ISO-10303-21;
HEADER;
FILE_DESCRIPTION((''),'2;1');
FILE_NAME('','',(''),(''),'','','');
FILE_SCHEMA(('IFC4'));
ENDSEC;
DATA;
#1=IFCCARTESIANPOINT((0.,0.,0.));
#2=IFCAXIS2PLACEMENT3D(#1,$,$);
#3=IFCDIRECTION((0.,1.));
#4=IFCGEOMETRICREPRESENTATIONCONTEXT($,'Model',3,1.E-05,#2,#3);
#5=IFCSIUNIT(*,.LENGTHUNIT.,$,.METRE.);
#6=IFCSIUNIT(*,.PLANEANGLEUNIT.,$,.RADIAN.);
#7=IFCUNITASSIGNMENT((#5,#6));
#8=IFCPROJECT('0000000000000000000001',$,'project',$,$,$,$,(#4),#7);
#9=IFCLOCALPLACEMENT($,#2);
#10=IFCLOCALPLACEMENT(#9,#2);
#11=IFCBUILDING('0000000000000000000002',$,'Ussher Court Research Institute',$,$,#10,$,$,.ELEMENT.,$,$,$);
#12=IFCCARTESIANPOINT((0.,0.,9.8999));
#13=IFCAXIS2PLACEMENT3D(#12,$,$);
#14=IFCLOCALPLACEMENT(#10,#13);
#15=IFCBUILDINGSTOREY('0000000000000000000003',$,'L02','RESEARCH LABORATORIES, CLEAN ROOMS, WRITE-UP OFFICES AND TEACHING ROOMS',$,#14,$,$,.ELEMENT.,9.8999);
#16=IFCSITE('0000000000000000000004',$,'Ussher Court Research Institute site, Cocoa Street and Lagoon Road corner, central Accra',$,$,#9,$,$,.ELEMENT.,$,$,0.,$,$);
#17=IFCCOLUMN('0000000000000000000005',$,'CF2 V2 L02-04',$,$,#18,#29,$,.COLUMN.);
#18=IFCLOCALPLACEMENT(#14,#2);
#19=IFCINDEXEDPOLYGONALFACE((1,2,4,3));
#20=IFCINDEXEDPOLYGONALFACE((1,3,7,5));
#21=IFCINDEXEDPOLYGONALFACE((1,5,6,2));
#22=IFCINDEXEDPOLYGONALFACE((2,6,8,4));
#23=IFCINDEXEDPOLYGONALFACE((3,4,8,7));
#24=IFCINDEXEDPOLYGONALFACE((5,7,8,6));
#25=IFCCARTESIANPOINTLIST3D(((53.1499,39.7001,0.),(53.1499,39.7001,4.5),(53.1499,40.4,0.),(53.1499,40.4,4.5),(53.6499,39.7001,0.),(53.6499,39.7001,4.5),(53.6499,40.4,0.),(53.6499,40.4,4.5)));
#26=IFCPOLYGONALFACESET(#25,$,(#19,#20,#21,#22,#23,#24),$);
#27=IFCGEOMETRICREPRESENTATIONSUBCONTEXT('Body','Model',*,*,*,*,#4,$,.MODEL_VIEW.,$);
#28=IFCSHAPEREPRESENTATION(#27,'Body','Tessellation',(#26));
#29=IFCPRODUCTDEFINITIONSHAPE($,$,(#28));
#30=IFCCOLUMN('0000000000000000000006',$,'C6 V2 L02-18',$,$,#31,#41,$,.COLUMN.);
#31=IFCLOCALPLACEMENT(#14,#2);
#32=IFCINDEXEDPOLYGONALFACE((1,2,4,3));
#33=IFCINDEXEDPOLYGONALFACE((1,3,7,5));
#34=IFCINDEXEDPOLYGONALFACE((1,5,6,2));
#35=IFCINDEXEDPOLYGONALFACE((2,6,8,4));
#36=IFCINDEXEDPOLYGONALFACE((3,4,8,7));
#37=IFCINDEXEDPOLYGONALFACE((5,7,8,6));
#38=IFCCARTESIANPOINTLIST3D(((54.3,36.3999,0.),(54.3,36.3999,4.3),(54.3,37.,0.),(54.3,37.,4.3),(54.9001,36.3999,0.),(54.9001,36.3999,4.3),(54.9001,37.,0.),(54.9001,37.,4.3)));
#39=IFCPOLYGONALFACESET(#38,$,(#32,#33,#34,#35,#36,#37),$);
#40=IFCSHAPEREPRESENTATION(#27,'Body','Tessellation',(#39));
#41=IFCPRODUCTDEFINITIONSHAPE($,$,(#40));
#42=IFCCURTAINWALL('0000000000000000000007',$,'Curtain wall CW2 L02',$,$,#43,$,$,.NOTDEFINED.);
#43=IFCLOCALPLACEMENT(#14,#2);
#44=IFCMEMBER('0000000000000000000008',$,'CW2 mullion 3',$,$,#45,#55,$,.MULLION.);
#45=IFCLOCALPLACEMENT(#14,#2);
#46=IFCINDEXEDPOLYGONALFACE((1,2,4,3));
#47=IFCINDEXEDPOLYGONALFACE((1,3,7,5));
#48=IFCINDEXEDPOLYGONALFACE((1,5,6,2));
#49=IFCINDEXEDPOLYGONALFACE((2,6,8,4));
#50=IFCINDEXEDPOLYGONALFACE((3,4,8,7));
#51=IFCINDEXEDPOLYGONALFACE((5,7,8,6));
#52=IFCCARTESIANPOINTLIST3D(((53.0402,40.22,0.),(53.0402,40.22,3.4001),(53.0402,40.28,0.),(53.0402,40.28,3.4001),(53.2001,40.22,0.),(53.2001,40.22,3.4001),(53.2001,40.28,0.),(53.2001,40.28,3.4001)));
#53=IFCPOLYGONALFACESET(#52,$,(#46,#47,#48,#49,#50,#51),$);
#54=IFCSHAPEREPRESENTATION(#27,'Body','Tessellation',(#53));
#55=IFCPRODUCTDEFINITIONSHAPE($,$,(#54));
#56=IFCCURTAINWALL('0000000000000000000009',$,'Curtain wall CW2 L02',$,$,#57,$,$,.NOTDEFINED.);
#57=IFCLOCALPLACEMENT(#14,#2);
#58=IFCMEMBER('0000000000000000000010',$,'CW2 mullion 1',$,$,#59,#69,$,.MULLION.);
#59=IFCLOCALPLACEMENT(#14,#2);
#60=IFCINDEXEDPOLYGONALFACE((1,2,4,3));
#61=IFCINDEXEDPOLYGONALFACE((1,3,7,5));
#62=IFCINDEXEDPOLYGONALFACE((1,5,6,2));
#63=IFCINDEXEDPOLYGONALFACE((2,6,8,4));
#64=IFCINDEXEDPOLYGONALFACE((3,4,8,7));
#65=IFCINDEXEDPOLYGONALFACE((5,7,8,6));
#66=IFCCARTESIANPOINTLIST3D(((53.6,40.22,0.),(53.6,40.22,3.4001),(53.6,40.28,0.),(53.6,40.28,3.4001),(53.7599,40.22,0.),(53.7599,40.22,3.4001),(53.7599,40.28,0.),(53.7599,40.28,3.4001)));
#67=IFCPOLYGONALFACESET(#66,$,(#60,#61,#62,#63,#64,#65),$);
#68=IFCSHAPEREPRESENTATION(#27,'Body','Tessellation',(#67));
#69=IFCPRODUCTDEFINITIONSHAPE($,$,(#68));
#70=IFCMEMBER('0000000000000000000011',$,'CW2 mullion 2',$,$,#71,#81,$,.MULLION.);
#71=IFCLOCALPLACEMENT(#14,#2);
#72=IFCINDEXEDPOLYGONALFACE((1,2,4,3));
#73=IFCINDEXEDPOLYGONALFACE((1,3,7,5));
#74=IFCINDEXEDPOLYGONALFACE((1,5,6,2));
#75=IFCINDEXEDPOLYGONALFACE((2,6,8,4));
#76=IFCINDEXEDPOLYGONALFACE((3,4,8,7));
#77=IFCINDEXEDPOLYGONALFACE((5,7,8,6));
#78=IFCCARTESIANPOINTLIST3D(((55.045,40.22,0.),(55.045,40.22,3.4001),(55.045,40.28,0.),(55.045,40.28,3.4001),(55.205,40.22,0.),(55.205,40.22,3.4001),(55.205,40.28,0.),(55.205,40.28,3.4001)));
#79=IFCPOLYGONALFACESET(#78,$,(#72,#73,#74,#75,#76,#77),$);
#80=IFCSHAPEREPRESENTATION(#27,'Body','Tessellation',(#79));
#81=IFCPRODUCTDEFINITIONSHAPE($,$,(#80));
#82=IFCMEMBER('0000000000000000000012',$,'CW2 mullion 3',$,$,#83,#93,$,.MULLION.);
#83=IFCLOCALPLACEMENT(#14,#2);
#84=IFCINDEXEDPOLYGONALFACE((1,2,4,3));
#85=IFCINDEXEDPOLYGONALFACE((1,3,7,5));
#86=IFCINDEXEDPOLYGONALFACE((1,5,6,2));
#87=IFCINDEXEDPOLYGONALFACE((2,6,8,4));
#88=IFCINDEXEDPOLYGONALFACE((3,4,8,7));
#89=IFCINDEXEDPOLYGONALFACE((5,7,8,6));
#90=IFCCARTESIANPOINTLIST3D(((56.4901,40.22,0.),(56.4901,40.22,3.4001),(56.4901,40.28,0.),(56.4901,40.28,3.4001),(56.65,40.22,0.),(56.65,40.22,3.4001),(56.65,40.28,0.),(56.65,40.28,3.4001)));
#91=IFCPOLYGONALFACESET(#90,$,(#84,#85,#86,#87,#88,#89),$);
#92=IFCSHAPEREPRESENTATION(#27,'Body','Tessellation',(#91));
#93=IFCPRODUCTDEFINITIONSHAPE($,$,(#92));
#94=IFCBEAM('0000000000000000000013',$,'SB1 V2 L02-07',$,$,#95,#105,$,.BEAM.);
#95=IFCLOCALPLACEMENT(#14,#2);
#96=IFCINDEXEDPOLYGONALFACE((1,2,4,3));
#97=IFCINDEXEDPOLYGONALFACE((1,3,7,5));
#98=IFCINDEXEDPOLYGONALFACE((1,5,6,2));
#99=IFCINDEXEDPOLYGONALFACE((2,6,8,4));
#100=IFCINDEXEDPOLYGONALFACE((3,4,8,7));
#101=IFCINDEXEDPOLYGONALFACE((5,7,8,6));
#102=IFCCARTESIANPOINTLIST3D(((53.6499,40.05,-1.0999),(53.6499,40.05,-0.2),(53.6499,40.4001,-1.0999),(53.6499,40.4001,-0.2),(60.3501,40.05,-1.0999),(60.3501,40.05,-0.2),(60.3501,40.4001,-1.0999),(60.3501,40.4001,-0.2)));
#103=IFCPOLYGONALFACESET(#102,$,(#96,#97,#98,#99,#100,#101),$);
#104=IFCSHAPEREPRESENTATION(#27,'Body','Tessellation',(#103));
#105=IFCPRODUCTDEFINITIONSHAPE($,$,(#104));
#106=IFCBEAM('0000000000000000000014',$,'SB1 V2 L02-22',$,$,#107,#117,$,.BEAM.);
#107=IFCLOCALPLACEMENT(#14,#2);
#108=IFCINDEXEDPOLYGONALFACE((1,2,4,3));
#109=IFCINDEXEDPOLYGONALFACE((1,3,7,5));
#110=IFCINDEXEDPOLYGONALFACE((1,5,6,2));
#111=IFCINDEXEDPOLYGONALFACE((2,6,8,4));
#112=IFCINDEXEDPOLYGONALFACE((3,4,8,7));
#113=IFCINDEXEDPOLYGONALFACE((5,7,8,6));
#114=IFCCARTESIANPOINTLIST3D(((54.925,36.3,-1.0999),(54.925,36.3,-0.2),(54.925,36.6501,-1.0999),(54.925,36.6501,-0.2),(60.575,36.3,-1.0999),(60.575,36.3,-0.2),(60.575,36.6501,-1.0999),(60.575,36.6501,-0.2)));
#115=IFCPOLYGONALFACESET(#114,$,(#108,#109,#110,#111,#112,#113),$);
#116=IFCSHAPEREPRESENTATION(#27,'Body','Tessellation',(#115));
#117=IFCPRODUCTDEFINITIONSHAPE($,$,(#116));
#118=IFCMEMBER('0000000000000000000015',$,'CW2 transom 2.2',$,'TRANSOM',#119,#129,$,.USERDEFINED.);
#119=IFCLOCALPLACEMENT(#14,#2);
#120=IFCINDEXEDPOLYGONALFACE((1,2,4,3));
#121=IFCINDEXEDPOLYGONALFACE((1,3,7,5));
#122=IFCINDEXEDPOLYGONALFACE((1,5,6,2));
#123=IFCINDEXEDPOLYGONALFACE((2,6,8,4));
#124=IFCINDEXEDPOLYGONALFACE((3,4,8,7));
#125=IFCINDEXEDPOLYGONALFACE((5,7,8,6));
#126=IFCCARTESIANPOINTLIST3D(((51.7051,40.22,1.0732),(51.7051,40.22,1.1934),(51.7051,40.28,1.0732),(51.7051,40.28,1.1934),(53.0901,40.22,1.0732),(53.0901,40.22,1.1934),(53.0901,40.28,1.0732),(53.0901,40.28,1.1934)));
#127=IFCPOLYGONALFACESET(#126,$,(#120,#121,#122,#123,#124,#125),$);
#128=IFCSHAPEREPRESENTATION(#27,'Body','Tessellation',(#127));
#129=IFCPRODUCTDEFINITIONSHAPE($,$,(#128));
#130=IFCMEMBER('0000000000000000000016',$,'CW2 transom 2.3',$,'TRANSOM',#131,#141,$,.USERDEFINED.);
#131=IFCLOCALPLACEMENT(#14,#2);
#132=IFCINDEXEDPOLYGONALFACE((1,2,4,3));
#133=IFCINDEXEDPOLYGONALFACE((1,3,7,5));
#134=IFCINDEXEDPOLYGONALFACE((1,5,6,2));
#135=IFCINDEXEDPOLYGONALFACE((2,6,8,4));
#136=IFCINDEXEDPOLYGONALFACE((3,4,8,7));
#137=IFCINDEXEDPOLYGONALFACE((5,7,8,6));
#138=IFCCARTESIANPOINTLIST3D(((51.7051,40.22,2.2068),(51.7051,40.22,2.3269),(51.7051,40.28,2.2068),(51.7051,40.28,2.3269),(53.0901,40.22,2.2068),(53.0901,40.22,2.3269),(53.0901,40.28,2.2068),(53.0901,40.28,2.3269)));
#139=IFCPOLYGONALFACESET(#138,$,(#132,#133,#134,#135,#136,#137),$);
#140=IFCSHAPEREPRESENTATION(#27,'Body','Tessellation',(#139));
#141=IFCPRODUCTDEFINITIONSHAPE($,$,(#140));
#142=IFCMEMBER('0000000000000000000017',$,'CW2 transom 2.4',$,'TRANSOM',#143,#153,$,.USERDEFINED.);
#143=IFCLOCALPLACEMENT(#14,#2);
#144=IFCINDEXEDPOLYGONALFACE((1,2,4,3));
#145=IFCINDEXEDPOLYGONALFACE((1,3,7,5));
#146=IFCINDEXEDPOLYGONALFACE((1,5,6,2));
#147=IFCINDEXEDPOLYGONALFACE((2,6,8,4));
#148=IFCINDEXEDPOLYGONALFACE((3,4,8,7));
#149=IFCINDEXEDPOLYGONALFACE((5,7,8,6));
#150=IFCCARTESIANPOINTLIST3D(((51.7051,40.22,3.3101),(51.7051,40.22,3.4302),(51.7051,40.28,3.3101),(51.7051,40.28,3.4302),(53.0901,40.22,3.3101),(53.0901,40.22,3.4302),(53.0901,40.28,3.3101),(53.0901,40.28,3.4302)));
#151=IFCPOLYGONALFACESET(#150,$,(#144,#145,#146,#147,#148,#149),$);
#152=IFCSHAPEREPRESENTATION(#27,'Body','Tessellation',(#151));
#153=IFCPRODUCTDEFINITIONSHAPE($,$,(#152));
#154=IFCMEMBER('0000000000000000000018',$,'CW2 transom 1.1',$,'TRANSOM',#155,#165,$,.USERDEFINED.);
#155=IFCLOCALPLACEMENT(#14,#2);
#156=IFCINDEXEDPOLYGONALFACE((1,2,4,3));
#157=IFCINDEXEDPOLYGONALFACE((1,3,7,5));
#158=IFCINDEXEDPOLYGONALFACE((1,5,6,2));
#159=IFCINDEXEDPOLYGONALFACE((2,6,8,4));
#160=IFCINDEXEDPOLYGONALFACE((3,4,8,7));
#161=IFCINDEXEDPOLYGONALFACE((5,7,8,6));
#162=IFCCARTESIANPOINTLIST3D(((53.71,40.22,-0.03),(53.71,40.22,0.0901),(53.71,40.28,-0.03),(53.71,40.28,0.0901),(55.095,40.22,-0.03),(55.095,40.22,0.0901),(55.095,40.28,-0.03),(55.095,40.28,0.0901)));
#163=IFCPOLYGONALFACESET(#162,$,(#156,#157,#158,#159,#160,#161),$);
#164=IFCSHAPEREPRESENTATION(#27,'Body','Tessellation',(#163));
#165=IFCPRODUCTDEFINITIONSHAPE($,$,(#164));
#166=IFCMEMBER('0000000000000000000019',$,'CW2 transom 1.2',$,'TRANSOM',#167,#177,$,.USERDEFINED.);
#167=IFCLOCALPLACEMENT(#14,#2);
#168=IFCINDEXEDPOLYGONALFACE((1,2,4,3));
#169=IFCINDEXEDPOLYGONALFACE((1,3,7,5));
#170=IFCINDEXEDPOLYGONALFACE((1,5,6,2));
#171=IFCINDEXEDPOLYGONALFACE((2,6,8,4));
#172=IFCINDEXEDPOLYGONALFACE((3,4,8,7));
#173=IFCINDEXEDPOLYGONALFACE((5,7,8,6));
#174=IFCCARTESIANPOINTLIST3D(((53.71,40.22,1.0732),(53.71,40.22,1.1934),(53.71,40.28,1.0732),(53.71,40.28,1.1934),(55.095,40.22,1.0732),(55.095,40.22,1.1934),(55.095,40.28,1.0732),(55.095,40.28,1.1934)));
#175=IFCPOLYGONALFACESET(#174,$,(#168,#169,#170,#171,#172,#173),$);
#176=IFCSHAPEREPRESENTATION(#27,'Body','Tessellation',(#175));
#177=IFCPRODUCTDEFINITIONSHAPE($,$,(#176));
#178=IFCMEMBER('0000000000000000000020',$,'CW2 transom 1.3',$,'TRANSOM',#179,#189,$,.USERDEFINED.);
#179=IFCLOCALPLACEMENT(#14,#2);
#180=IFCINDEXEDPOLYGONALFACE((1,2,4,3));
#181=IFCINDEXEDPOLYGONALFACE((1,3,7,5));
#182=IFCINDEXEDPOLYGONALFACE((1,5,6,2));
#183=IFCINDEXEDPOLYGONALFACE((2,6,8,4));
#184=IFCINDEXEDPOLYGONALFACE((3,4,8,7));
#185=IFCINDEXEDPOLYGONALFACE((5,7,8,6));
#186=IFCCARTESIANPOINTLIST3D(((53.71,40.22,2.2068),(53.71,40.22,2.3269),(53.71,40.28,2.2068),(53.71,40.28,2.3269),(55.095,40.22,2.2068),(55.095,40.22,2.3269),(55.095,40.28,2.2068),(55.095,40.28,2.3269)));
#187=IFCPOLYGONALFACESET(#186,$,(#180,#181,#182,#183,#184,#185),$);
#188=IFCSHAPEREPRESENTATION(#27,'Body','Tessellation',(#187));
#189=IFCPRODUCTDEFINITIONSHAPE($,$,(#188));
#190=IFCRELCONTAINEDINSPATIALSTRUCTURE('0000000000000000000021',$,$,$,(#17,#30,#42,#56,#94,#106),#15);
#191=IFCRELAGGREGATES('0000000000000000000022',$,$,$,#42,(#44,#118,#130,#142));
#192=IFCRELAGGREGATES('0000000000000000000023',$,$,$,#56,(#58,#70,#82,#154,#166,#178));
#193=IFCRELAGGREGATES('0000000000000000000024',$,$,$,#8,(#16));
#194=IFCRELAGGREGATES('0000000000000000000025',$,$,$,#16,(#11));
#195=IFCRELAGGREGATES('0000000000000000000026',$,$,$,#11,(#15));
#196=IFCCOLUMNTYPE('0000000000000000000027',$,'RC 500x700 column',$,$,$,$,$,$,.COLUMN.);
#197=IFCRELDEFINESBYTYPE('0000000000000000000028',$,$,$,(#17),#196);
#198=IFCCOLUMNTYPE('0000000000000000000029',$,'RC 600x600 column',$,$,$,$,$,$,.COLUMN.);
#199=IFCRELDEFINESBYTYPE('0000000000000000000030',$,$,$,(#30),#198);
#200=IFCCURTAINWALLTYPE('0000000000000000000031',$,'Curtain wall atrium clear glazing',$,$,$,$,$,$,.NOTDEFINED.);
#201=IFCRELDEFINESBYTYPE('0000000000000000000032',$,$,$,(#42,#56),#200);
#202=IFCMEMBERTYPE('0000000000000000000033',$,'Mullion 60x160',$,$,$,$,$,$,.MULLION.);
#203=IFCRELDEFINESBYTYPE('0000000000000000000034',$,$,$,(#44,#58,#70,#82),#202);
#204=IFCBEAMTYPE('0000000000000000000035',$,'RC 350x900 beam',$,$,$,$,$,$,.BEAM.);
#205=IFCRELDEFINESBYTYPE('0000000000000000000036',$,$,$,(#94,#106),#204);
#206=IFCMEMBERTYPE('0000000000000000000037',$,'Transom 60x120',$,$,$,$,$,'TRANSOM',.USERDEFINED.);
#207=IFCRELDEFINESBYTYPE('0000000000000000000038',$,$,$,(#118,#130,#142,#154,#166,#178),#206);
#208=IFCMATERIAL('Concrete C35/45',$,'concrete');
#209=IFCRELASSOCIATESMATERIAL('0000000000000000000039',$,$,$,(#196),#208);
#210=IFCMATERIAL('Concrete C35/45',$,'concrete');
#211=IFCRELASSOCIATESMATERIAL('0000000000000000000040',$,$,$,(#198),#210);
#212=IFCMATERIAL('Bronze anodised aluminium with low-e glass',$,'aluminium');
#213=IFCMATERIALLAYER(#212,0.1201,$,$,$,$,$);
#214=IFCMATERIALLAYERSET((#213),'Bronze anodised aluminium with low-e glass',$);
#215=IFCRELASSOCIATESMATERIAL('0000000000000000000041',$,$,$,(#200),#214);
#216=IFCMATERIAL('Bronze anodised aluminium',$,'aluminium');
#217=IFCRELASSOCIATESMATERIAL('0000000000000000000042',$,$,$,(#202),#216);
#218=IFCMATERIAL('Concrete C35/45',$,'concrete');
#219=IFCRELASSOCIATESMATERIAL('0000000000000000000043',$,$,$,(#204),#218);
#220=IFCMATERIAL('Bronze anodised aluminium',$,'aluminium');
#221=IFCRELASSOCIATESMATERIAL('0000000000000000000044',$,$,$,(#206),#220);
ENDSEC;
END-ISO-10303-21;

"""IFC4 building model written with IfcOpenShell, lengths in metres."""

from ifc_helpers import new_model, si_unit, direction, frame, origin, origin_2d, place, context, subcontext, project, spatial, rectangle, extrude, material, layer, layer_set, material_profile, profile_set, type_object, element, aggregate, save


model = new_model("IFC4")

# Units and contexts
model_context = context("Model", 3, precision=1e-05, world=origin(), true_north=direction((0.0, 1.0)))
body_context = subcontext(model_context, "Body", "Model", "MODEL_VIEW")
ifc_project = project(units=[si_unit("LENGTHUNIT", "METRE"), si_unit("PLANEANGLEUNIT", "RADIAN")], contexts=[model_context])

# Site, building, storey
site_placement = place(None, origin())
site = spatial("IfcSite", under=ifc_project, at=site_placement, Name="Ussher Court Research Institute site, Cocoa Street and Lagoon Road corner, central Accra", CompositionType="ELEMENT", RefElevation=0.0)
building_placement = place(site_placement, origin())
building = spatial("IfcBuilding", under=site, at=building_placement, Name="Ussher Court Research Institute", CompositionType="ELEMENT")
storey_placement = place(building_placement, frame((0.0, 0.0, 9.8999)))
storey = spatial("IfcBuildingStorey", under=building, at=storey_placement, Name="L02", Description="RESEARCH LABORATORIES, CLEAN ROOMS, WRITE-UP OFFICES AND TEACHING ROOMS", CompositionType="ELEMENT", Elevation=9.8999)

# Columns
ifc_material_1 = material(Name="Concrete C35/45", Category="concrete")
ifc_material_profile_1 = material_profile(ifc_material_1, rectangle(XDim=0.5, YDim=0.7, at=origin_2d()), Name="RC 500x700")
ifc_profile_set_1 = profile_set([ifc_material_profile_1], Name="Concrete C35/45")
column_type_1 = type_object("IfcColumnType", Name="RC 500x700 column", PredefinedType="COLUMN", material=ifc_profile_set_1)
column_1_placement = place(storey_placement, frame((53.3999, 40.05, 0.0), z_axis=(0.0, 0.0, 1.0), x_axis=(1.0, 0.0, 0.0)))
element("IfcColumn", 1, at=column_1_placement, inside=storey, type_object=column_type_1, Name="CF2 V2 L02-04", PredefinedType="COLUMN", context=body_context, shape_type="SweptSolid", body=[
    extrude(rectangle(XDim=0.5, YDim=0.7, at=origin_2d()), origin(), (0.0, 0.0, 1.0), 4.5),
])
ifc_material_2 = material(Name="Concrete C35/45", Category="concrete")
ifc_material_profile_2 = material_profile(ifc_material_2, rectangle(XDim=0.6001, YDim=0.6001, at=origin_2d()), Name="RC 600x600")
ifc_profile_set_2 = profile_set([ifc_material_profile_2], Name="Concrete C35/45")
column_type_2 = type_object("IfcColumnType", Name="RC 600x600 column", PredefinedType="COLUMN", material=ifc_profile_set_2)
column_2_placement = place(storey_placement, frame((54.6001, 36.7, 0.0), z_axis=(0.0, 0.0, 1.0), x_axis=(1.0, 0.0, 0.0)))
element("IfcColumn", 2, at=column_2_placement, inside=storey, type_object=column_type_2, Name="C6 V2 L02-18", PredefinedType="COLUMN", context=body_context, shape_type="SweptSolid", body=[
    extrude(rectangle(XDim=0.6001, YDim=0.6001, at=origin_2d()), origin(), (0.0, 0.0, 1.0), 4.3),
])

# Curtain wall, member
ifc_material_3 = material(Name="Bronze anodised aluminium with low-e glass", Category="aluminium")
ifc_layer_1 = layer(ifc_material_3, 0.1201)
ifc_layer_set_1 = layer_set([ifc_layer_1], Name="Bronze anodised aluminium with low-e glass")
curtain_wall_type = type_object("IfcCurtainWallType", Name="Curtain wall atrium clear glazing", PredefinedType="NOTDEFINED", material=ifc_layer_set_1)
curtain_wall_1_placement = place(storey_placement, origin())
curtain_wall_1 = element("IfcCurtainWall", 3, at=curtain_wall_1_placement, inside=storey, type_object=curtain_wall_type, Name="Curtain wall CW2 L02", PredefinedType="NOTDEFINED")
ifc_material_4 = material(Name="Bronze anodised aluminium", Category="aluminium")
ifc_material_profile_3 = material_profile(ifc_material_4, rectangle(XDim=0.0601, YDim=0.1599, at=origin_2d()), Name="Mullion 60x160")
ifc_profile_set_3 = profile_set([ifc_material_profile_3], Name="Bronze anodised aluminium")
member_type_1 = type_object("IfcMemberType", Name="Mullion 60x160", PredefinedType="MULLION", material=ifc_profile_set_3)
member_1_placement = place(storey_placement, frame((53.1201, 40.25, 0.0), z_axis=(0.0, 0.0, 1.0), x_axis=(0.0, 1.0, 0.0)))
member_1 = element("IfcMember", 4, at=member_1_placement, type_object=member_type_1, Name="CW2 mullion 3", PredefinedType="MULLION", context=body_context, shape_type="SweptSolid", body=[
    extrude(rectangle(XDim=0.0601, YDim=0.1599, at=origin_2d()), origin(), (0.0, 0.0, 1.0), 3.4001),
])

# Curtain wall, members
curtain_wall_2_placement = place(storey_placement, origin())
curtain_wall_2 = element("IfcCurtainWall", 5, at=curtain_wall_2_placement, inside=storey, type_object=curtain_wall_type, Name="Curtain wall CW2 L02", PredefinedType="NOTDEFINED")
member_2_placement = place(storey_placement, frame((53.6799, 40.25, 0.0), z_axis=(0.0, 0.0, 1.0), x_axis=(0.0, 1.0, 0.0)))
member_2 = element("IfcMember", 6, at=member_2_placement, type_object=member_type_1, Name="CW2 mullion 1", PredefinedType="MULLION", context=body_context, shape_type="SweptSolid", body=[
    extrude(rectangle(XDim=0.0601, YDim=0.1599, at=origin_2d()), origin(), (0.0, 0.0, 1.0), 3.4001),
])
member_3_placement = place(storey_placement, frame((55.125, 40.25, 0.0), z_axis=(0.0, 0.0, 1.0), x_axis=(0.0, 1.0, 0.0)))
member_3 = element("IfcMember", 7, at=member_3_placement, type_object=member_type_1, Name="CW2 mullion 2", PredefinedType="MULLION", context=body_context, shape_type="SweptSolid", body=[
    extrude(rectangle(XDim=0.0601, YDim=0.1599, at=origin_2d()), origin(), (0.0, 0.0, 1.0), 3.4001),
])
member_4_placement = place(storey_placement, frame((56.5701, 40.25, 0.0), z_axis=(0.0, 0.0, 1.0), x_axis=(0.0, 1.0, 0.0)))
member_4 = element("IfcMember", 8, at=member_4_placement, type_object=member_type_1, Name="CW2 mullion 3", PredefinedType="MULLION", context=body_context, shape_type="SweptSolid", body=[
    extrude(rectangle(XDim=0.0601, YDim=0.1599, at=origin_2d()), origin(), (0.0, 0.0, 1.0), 3.4001),
])

# Beams
ifc_material_5 = material(Name="Concrete C35/45", Category="concrete")
ifc_material_profile_4 = material_profile(ifc_material_5, rectangle(XDim=0.3501, YDim=0.8999, at=origin_2d()), Name="RC 350x900")
ifc_profile_set_4 = profile_set([ifc_material_profile_4], Name="Concrete C35/45")
beam_type = type_object("IfcBeamType", Name="RC 350x900 beam", PredefinedType="BEAM", material=ifc_profile_set_4)
beam_1_placement = place(storey_placement, frame((53.6499, 40.2251, -0.6499), z_axis=(1.0, 0.0, 0.0), x_axis=(0.0, 1.0, 0.0)))
element("IfcBeam", 9, at=beam_1_placement, inside=storey, type_object=beam_type, Name="SB1 V2 L02-07", PredefinedType="BEAM", context=body_context, shape_type="SweptSolid", body=[
    extrude(rectangle(XDim=0.3501, YDim=0.8999, at=origin_2d()), origin(), (0.0, 0.0, 1.0), 6.7002),
])
beam_2_placement = place(storey_placement, frame((54.925, 36.4751, -0.6499), z_axis=(1.0, 0.0, 0.0), x_axis=(0.0, 1.0, 0.0)))
element("IfcBeam", 10, at=beam_2_placement, inside=storey, type_object=beam_type, Name="SB1 V2 L02-22", PredefinedType="BEAM", context=body_context, shape_type="SweptSolid", body=[
    extrude(rectangle(XDim=0.3501, YDim=0.8999, at=origin_2d()), origin(), (0.0, 0.0, 1.0), 5.6499),
])

# Members
ifc_material_6 = material(Name="Bronze anodised aluminium", Category="aluminium")
ifc_material_profile_5 = material_profile(ifc_material_6, rectangle(XDim=0.0601, YDim=0.1201, at=origin_2d()), Name="Transom 60x120")
ifc_profile_set_5 = profile_set([ifc_material_profile_5], Name="Bronze anodised aluminium")
member_type_2 = type_object("IfcMemberType", Name="Transom 60x120", ElementType="TRANSOM", PredefinedType="USERDEFINED", material=ifc_profile_set_5)
member_5_placement = place(storey_placement, frame((51.7051, 40.25, 1.1333), z_axis=(1.0, 0.0, 0.0), x_axis=(0.0, 1.0, 0.0)))
member_5 = element("IfcMember", 11, at=member_5_placement, type_object=member_type_2, Name="CW2 transom 2.2", ObjectType="TRANSOM", PredefinedType="USERDEFINED", context=body_context, shape_type="SweptSolid", body=[
    extrude(rectangle(XDim=0.0601, YDim=0.1201, at=origin_2d()), origin(), (0.0, 0.0, 1.0), 1.385),
])
member_6_placement = place(storey_placement, frame((51.7051, 40.25, 2.2668), z_axis=(1.0, 0.0, 0.0), x_axis=(0.0, 1.0, 0.0)))
member_6 = element("IfcMember", 12, at=member_6_placement, type_object=member_type_2, Name="CW2 transom 2.3", ObjectType="TRANSOM", PredefinedType="USERDEFINED", context=body_context, shape_type="SweptSolid", body=[
    extrude(rectangle(XDim=0.0601, YDim=0.1201, at=origin_2d()), origin(), (0.0, 0.0, 1.0), 1.385),
])
member_7_placement = place(storey_placement, frame((51.7051, 40.25, 3.3701), z_axis=(1.0, 0.0, 0.0), x_axis=(0.0, 1.0, 0.0)))
member_7 = element("IfcMember", 13, at=member_7_placement, type_object=member_type_2, Name="CW2 transom 2.4", ObjectType="TRANSOM", PredefinedType="USERDEFINED", context=body_context, shape_type="SweptSolid", body=[
    extrude(rectangle(XDim=0.0601, YDim=0.1201, at=origin_2d()), origin(), (0.0, 0.0, 1.0), 1.385),
])
member_8_placement = place(storey_placement, frame((53.71, 40.25, 0.03), z_axis=(1.0, 0.0, 0.0), x_axis=(0.0, 1.0, 0.0)))
member_8 = element("IfcMember", 14, at=member_8_placement, type_object=member_type_2, Name="CW2 transom 1.1", ObjectType="TRANSOM", PredefinedType="USERDEFINED", context=body_context, shape_type="SweptSolid", body=[
    extrude(rectangle(XDim=0.0601, YDim=0.1201, at=origin_2d()), origin(), (0.0, 0.0, 1.0), 1.385),
])
member_9_placement = place(storey_placement, frame((53.71, 40.25, 1.1333), z_axis=(1.0, 0.0, 0.0), x_axis=(0.0, 1.0, 0.0)))
member_9 = element("IfcMember", 15, at=member_9_placement, type_object=member_type_2, Name="CW2 transom 1.2", ObjectType="TRANSOM", PredefinedType="USERDEFINED", context=body_context, shape_type="SweptSolid", body=[
    extrude(rectangle(XDim=0.0601, YDim=0.1201, at=origin_2d()), origin(), (0.0, 0.0, 1.0), 1.385),
])
member_10_placement = place(storey_placement, frame((53.71, 40.25, 2.2668), z_axis=(1.0, 0.0, 0.0), x_axis=(0.0, 1.0, 0.0)))
member_10 = element("IfcMember", 16, at=member_10_placement, type_object=member_type_2, Name="CW2 transom 1.3", ObjectType="TRANSOM", PredefinedType="USERDEFINED", context=body_context, shape_type="SweptSolid", body=[
    extrude(rectangle(XDim=0.0601, YDim=0.1201, at=origin_2d()), origin(), (0.0, 0.0, 1.0), 1.385),
])

aggregate(curtain_wall_1, [member_1, member_5, member_6, member_7])
aggregate(curtain_wall_2, [member_2, member_3, member_4, member_8, member_9, member_10])

save(model, "model.ifc")
